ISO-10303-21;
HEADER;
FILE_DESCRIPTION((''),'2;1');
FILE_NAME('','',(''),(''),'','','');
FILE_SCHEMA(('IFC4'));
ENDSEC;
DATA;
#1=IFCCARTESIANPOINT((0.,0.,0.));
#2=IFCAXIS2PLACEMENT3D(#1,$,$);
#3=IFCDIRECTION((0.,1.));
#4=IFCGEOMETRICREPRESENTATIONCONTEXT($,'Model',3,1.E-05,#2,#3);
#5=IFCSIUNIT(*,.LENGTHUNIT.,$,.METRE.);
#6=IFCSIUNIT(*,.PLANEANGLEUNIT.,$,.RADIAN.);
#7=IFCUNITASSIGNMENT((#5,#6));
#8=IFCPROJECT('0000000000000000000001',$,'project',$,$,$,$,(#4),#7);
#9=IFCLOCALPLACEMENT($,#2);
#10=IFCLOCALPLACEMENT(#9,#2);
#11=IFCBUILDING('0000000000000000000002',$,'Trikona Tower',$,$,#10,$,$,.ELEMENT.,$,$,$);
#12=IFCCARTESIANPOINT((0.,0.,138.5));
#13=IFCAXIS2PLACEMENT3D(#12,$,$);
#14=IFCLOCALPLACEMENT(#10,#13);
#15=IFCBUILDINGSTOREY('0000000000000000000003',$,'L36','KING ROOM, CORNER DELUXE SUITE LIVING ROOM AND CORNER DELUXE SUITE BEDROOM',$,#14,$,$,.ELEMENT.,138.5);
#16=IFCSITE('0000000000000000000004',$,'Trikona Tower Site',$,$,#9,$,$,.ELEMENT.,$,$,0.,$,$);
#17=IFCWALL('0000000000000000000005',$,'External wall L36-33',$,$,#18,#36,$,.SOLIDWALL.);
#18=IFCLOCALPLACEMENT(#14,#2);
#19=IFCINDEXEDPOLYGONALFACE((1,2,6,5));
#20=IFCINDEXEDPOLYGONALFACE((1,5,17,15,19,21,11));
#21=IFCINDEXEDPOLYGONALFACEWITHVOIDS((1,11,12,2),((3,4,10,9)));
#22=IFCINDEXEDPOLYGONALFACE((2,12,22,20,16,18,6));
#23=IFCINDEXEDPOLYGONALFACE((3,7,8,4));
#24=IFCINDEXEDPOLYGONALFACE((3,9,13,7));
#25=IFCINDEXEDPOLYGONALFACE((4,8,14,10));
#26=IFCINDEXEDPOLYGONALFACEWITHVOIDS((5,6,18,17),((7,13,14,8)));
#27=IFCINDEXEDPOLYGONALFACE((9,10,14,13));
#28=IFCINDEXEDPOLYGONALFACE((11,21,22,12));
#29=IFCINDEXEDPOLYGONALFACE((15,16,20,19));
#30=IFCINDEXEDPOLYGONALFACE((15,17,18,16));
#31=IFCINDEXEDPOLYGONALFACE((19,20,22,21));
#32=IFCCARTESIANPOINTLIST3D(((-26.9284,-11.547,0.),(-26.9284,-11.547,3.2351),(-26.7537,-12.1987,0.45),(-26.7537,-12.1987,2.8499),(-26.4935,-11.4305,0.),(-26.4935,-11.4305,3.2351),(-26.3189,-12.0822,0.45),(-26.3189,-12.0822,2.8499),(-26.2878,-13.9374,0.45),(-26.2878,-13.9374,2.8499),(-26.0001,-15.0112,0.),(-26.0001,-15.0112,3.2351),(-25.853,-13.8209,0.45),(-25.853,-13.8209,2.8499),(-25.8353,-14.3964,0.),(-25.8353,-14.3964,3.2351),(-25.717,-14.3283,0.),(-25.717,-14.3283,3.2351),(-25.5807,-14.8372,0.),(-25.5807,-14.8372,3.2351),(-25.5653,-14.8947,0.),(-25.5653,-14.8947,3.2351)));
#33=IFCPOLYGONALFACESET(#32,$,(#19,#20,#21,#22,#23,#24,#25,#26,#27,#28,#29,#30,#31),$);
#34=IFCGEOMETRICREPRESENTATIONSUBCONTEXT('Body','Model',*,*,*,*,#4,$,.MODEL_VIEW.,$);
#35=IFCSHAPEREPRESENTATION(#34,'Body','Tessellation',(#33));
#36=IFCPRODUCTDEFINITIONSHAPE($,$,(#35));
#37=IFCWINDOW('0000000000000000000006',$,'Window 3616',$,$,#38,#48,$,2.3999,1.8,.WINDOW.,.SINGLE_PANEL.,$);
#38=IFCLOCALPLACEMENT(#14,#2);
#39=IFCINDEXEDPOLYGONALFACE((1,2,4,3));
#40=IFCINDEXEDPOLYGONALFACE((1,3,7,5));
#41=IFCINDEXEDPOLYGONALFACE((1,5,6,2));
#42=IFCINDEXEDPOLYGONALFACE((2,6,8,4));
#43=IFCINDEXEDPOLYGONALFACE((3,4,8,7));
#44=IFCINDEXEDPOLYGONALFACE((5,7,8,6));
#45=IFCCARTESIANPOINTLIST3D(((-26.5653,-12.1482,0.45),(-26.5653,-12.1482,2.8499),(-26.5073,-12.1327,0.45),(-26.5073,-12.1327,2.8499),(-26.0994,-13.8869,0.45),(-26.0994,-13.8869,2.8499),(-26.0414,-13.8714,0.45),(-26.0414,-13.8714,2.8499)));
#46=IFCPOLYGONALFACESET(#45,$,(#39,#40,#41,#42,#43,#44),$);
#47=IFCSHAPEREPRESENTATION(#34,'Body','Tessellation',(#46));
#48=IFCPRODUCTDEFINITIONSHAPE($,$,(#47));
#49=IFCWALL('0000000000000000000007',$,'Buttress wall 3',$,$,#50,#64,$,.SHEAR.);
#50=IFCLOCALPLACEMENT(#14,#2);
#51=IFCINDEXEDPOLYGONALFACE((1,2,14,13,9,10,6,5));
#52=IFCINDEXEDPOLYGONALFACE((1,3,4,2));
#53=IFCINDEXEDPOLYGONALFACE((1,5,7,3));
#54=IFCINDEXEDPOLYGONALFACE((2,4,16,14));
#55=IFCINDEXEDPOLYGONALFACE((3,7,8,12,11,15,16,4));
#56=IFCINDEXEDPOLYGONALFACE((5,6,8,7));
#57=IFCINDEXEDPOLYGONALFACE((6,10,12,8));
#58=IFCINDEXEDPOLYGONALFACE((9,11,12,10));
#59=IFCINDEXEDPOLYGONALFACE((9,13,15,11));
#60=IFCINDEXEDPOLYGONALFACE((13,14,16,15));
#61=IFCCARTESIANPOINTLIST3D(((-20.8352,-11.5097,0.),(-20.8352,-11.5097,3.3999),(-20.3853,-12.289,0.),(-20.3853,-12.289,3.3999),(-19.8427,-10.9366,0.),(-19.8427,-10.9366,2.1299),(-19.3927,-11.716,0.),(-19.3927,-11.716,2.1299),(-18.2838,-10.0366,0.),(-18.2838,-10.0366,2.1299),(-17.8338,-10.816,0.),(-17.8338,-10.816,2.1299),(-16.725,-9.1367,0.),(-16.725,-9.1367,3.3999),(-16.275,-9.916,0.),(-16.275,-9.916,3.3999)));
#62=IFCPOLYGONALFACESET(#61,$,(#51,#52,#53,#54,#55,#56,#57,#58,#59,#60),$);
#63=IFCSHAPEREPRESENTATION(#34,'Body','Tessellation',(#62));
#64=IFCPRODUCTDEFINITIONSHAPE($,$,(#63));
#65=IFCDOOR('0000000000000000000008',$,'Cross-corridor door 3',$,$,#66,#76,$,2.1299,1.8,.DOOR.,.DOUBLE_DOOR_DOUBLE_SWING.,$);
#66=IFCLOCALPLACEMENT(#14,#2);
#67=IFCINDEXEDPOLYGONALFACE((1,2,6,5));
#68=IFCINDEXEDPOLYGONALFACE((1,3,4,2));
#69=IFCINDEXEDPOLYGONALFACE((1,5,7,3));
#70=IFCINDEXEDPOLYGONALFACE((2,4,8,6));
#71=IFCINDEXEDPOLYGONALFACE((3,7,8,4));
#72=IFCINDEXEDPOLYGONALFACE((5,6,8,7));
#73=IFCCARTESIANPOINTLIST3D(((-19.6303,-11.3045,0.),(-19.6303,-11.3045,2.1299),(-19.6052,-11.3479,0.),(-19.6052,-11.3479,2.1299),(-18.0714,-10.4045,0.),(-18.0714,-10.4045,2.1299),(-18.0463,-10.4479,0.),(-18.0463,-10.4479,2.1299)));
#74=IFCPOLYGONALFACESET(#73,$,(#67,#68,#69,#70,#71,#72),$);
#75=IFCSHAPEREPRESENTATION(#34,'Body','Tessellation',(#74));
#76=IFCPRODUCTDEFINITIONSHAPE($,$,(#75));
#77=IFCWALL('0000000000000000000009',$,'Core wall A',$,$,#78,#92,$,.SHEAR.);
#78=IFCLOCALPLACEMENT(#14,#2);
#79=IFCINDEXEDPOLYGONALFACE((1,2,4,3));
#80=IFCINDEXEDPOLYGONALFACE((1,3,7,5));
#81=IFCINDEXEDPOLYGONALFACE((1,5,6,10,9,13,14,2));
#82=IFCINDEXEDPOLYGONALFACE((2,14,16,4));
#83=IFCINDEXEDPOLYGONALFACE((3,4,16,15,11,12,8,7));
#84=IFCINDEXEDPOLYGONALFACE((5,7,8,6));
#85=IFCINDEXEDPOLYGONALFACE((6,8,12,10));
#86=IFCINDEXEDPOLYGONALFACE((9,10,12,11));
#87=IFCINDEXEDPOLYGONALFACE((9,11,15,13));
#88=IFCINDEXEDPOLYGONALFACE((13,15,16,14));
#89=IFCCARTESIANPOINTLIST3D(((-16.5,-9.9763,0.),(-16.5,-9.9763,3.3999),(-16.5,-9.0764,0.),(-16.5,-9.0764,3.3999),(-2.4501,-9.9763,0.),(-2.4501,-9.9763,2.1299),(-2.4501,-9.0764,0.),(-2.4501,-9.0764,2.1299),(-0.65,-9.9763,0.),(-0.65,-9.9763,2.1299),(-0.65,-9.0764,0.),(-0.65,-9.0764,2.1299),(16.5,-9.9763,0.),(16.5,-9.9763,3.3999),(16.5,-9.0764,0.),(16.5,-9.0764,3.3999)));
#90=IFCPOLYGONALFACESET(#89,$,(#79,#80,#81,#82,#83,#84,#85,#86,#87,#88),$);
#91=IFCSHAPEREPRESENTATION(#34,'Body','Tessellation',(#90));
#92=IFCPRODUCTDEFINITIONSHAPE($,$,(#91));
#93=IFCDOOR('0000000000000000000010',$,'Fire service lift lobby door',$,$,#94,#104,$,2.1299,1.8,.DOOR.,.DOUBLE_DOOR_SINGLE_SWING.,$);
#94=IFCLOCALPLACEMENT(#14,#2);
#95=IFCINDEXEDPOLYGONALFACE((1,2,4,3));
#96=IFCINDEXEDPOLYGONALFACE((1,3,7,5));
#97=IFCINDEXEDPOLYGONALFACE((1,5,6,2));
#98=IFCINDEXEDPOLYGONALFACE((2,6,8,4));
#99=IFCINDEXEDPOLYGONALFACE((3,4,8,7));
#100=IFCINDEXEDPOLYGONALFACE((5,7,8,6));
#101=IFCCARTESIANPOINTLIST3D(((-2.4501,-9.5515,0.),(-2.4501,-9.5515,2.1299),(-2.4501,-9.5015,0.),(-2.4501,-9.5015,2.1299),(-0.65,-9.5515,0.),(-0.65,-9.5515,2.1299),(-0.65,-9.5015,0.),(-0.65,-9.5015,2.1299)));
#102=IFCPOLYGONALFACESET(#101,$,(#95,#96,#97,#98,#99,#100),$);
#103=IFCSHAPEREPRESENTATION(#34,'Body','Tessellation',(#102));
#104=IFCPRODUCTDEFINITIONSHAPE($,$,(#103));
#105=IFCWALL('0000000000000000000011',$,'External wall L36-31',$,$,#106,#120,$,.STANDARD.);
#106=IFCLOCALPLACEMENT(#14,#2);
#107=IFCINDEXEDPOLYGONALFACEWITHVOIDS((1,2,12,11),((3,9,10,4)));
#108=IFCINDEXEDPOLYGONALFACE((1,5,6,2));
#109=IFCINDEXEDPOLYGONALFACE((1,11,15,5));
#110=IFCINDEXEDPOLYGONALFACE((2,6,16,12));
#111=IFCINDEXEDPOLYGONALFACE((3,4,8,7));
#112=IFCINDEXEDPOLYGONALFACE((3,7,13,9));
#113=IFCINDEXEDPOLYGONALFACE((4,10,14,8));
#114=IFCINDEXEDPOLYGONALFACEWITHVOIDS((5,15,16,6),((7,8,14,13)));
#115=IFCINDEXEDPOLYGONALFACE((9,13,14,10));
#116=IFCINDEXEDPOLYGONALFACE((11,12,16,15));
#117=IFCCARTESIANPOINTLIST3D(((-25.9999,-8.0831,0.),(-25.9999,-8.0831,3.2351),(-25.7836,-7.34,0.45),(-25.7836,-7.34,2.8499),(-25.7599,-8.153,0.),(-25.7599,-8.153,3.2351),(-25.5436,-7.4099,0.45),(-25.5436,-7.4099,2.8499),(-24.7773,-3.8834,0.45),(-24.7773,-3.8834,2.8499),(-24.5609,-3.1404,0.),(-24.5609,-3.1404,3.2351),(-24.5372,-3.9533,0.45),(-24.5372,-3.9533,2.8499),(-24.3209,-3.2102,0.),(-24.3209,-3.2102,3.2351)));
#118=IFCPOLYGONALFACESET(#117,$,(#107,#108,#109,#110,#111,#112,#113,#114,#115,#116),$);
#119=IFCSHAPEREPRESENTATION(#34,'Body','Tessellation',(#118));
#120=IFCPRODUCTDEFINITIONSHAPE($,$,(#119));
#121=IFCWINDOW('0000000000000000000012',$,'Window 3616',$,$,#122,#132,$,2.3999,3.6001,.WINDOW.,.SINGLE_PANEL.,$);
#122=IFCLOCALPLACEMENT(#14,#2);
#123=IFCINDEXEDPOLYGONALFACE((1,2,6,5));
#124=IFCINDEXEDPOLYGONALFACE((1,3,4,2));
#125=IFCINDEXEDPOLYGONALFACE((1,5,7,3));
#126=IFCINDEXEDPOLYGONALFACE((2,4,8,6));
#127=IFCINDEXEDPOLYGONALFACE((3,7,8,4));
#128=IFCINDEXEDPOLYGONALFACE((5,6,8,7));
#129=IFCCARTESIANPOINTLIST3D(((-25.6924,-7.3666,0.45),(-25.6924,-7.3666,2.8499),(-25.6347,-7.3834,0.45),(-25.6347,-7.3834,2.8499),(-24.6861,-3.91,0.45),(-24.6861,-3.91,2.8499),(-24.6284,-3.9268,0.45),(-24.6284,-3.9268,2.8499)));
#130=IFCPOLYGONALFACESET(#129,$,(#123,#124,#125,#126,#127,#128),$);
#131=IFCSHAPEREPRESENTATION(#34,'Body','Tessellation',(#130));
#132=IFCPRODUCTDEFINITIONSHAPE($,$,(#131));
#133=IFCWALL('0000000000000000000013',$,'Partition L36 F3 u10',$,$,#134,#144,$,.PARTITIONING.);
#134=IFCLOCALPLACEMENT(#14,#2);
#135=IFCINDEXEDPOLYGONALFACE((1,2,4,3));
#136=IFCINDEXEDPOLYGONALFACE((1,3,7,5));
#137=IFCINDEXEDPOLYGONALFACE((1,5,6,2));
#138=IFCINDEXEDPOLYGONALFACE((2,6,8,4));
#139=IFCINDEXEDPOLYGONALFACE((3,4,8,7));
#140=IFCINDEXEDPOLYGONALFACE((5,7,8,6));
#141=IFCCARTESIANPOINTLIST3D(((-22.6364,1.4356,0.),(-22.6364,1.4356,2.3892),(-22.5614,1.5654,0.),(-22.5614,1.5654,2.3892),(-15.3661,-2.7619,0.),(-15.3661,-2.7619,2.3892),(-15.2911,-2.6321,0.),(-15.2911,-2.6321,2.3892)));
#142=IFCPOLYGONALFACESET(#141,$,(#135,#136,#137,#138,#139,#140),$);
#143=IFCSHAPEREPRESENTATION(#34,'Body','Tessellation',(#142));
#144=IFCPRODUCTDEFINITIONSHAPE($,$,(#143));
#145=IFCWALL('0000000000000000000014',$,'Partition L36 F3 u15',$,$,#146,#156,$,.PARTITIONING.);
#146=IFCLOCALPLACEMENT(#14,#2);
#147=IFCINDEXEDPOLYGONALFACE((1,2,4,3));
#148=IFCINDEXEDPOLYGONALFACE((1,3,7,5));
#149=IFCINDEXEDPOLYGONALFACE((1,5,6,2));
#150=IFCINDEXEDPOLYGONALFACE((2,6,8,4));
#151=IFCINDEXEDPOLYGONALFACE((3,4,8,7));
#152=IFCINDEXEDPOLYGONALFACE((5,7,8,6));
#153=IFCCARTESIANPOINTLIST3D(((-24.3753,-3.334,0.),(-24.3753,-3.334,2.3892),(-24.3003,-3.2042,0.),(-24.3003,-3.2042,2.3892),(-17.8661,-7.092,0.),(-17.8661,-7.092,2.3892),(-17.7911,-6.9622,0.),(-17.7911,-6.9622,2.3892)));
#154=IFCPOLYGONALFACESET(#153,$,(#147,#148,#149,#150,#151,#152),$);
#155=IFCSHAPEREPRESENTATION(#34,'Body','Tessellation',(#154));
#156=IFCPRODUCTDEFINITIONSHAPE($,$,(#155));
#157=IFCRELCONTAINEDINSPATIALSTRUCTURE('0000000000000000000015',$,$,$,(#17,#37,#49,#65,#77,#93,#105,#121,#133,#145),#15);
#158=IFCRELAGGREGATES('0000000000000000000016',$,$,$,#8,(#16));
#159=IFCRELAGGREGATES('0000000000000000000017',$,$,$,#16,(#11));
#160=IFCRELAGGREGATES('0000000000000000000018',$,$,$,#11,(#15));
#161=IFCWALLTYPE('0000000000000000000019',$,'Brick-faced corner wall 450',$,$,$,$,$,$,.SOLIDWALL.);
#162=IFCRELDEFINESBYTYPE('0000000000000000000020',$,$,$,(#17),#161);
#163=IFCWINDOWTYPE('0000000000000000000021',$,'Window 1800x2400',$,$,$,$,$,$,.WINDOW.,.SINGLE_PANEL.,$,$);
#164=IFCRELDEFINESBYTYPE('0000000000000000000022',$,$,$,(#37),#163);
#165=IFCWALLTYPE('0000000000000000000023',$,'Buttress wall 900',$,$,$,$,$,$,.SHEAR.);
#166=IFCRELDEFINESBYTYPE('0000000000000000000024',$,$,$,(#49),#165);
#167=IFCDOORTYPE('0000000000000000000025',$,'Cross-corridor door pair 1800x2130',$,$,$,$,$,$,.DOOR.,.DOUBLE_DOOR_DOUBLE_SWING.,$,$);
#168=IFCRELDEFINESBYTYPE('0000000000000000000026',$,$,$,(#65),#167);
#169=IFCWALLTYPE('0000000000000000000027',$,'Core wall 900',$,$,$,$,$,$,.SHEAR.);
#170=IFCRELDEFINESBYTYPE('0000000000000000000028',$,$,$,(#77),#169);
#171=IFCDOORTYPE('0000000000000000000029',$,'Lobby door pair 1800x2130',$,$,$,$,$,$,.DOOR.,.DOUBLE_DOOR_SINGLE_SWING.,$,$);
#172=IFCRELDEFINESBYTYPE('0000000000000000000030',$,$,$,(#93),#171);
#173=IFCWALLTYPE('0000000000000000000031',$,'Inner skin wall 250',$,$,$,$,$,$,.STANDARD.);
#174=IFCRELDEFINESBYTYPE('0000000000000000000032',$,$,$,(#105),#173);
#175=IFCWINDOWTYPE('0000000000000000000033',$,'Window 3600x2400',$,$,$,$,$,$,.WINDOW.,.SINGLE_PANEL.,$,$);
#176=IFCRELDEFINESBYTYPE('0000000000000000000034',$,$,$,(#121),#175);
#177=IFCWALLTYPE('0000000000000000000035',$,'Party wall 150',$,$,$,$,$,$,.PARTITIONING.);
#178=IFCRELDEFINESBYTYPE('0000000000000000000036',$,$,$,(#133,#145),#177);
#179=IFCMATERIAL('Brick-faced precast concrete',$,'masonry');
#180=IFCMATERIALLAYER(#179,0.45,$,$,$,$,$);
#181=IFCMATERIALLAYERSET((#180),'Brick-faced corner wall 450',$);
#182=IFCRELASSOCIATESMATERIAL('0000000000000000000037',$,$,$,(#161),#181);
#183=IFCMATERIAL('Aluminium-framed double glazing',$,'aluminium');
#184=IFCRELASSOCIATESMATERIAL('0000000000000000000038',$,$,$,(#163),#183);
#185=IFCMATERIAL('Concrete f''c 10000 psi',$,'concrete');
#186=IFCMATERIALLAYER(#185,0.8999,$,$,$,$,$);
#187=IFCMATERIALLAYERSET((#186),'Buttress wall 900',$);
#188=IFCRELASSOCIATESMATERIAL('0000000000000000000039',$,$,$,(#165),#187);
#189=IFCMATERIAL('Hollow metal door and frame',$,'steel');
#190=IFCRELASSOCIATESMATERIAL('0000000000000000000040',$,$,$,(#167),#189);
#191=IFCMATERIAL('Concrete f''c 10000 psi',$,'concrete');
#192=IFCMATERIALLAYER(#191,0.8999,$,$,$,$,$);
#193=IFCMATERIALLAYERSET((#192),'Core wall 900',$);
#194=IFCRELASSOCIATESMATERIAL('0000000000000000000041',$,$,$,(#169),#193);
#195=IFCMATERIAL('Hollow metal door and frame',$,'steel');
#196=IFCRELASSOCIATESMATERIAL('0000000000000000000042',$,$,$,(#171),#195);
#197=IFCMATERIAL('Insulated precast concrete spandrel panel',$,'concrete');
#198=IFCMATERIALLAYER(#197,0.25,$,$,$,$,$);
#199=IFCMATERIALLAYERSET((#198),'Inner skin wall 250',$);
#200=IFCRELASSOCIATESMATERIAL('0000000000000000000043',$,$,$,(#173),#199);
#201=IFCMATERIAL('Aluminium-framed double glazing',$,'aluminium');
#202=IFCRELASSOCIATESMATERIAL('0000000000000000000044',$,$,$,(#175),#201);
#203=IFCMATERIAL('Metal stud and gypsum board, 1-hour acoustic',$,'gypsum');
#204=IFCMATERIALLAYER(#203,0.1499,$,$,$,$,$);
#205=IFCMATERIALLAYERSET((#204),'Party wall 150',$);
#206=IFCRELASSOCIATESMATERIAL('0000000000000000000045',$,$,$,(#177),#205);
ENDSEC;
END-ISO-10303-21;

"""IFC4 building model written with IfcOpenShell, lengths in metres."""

from ifc_helpers import new_model, si_unit, direction, frame, frame_2d, origin, place, context, subcontext, project, spatial, polyline, rectangle, outline, extrude, material, layer, layer_set, type_object, element, fill, save


model = new_model("IFC4")

# Units and contexts
model_context = context("Model", 3, precision=1e-05, world=origin(), true_north=direction((0.0, 1.0)))
body_context = subcontext(model_context, "Body", "Model", "MODEL_VIEW")
ifc_project = project(units=[si_unit("LENGTHUNIT", "METRE"), si_unit("PLANEANGLEUNIT", "RADIAN")], contexts=[model_context])

# Site, building, storey
site_placement = place(None, origin())
site = spatial("IfcSite", under=ifc_project, at=site_placement, Name="Trikona Tower Site", CompositionType="ELEMENT", RefElevation=0.0)
building_placement = place(site_placement, origin())
building = spatial("IfcBuilding", under=site, at=building_placement, Name="Trikona Tower", CompositionType="ELEMENT")
storey_placement = place(building_placement, frame((0.0, 0.0, 138.5)))
storey = spatial("IfcBuildingStorey", under=building, at=storey_placement, Name="L36", Description="KING ROOM, CORNER DELUXE SUITE LIVING ROOM AND CORNER DELUXE SUITE BEDROOM", CompositionType="ELEMENT", Elevation=138.5)

# Wall, opening, window
ifc_material_1 = material(Name="Brick-faced precast concrete", Category="masonry")
ifc_layer_1 = layer(ifc_material_1, 0.45)
ifc_layer_set_1 = layer_set([ifc_layer_1], Name="Brick-faced corner wall 450")
wall_type_1 = type_object("IfcWallType", Name="Brick-faced corner wall 450", PredefinedType="SOLIDWALL", material=ifc_layer_set_1)
wall_1_placement = place(storey_placement, frame((-26.7109, -11.4888, 0.0), z_axis=(0.0, 0.0, 1.0), x_axis=(0.258823, -0.965925, 0.0)))
wall_1 = element("IfcWall", 1, at=wall_1_placement, inside=storey, type_object=wall_type_1, Name="External wall L36-33", PredefinedType="SOLIDWALL", context=body_context, shape_type="SweptSolid", body=[
    extrude(outline(polyline([(3.5864, 0.2251), (3.5269, 0.2251), (3.0352, 0.0933), (3.0, 0.2251), (0.0, 0.2251), (0.0, -0.2251), (3.5864, -0.2251), (3.5864, 0.2251)])), origin(), (0.0, 0.0, 1.0), 3.2351),
])
opening_1_placement = place(wall_1_placement, frame((0.6748, 0.0, 0.45)))
opening_1 = element("IfcOpeningElement", 2, at=opening_1_placement, cuts=wall_1, PredefinedType="OPENING", context=body_context, shape_type="SweptSolid", body=[
    extrude(rectangle(XDim=1.8, YDim=2.3999, at=frame_2d((0.8999, 1.2))), frame((0.0, 0.2349, 0.0), z_axis=(0.0, -1.0, 0.0), x_axis=(1.0, 0.0, 0.0)), (0.0, 0.0, 1.0), 0.47),
])
ifc_material_2 = material(Name="Aluminium-framed double glazing", Category="aluminium")
window_type_1 = type_object("IfcWindowType", Name="Window 1800x2400", PartitioningType="SINGLE_PANEL", PredefinedType="WINDOW", material=ifc_material_2)
window_1_placement = place(opening_1_placement, origin())
window_1 = element("IfcWindow", 3, at=window_1_placement, inside=storey, type_object=window_type_1, Name="Window 3616", OverallHeight=2.3999, OverallWidth=1.8, PartitioningType="SINGLE_PANEL", PredefinedType="WINDOW", context=body_context, shape_type="SweptSolid", body=[
    extrude(rectangle(XDim=1.8, YDim=2.3999, at=frame_2d((0.8999, 1.2))), frame((0.0, 0.03, 0.0), z_axis=(0.0, -1.0, 0.0), x_axis=(1.0, 0.0, 0.0)), (0.0, 0.0, 1.0), 0.0601),
])
fill(opening_1, window_1)

# Walls, openings, doors
ifc_material_3 = material(Name="Concrete f'c 10000 psi", Category="concrete")
ifc_layer_2 = layer(ifc_material_3, 0.8999)
ifc_layer_set_2 = layer_set([ifc_layer_2], Name="Buttress wall 900")
wall_type_2 = type_object("IfcWallType", Name="Buttress wall 900", PredefinedType="SHEAR", material=ifc_layer_set_2)
wall_2_placement = place(storey_placement, frame((-16.5, -9.5264, 0.0), z_axis=(0.0, 0.0, 1.0), x_axis=(-0.866031, -0.49999, 0.0)))
wall_2 = element("IfcWall", 4, at=wall_2_placement, inside=storey, type_object=wall_type_2, Name="Buttress wall 3", PredefinedType="SHEAR", context=body_context, shape_type="SweptSolid", body=[
    extrude(rectangle(XDim=4.7461, YDim=0.8999, at=frame_2d((2.373, 0.0))), origin(), (0.0, 0.0, 1.0), 3.3999),
])
opening_2_placement = place(wall_2_placement, frame((1.8, 0.0, 0.0)))
opening_2 = element("IfcOpeningElement", 5, at=opening_2_placement, cuts=wall_2, PredefinedType="OPENING", context=body_context, shape_type="SweptSolid", body=[
    extrude(rectangle(XDim=1.8, YDim=2.1299, at=frame_2d((0.8999, 1.0649))), frame((0.0, 0.46, 0.0), z_axis=(0.0, -1.0, 0.0), x_axis=(1.0, 0.0, 0.0)), (0.0, 0.0, 1.0), 0.9199),
])
ifc_material_4 = material(Name="Hollow metal door and frame", Category="steel")
door_type_1 = type_object("IfcDoorType", Name="Cross-corridor door pair 1800x2130", OperationType="DOUBLE_DOOR_DOUBLE_SWING", PredefinedType="DOOR", material=ifc_material_4)
door_1_placement = place(opening_2_placement, origin())
door_1 = element("IfcDoor", 6, at=door_1_placement, inside=storey, type_object=door_type_1, Name="Cross-corridor door 3", OperationType="DOUBLE_DOOR_DOUBLE_SWING", OverallHeight=2.1299, OverallWidth=1.8, PredefinedType="DOOR", context=body_context, shape_type="SweptSolid", body=[
    extrude(rectangle(XDim=1.8, YDim=2.1299, at=frame_2d((0.8999, 1.0649))), frame((0.0, 0.0249, 0.0), z_axis=(0.0, -1.0, 0.0), x_axis=(1.0, 0.0, 0.0)), (0.0, 0.0, 1.0), 0.05),
])
fill(opening_2, door_1)
ifc_material_5 = material(Name="Concrete f'c 10000 psi", Category="concrete")
ifc_layer_3 = layer(ifc_material_5, 0.8999)
ifc_layer_set_3 = layer_set([ifc_layer_3], Name="Core wall 900")
wall_type_3 = type_object("IfcWallType", Name="Core wall 900", PredefinedType="SHEAR", material=ifc_layer_set_3)
wall_3_placement = place(storey_placement, frame((-16.5, -9.5264, 0.0), z_axis=(0.0, 0.0, 1.0), x_axis=(1.0, 0.0, 0.0)))
wall_3 = element("IfcWall", 7, at=wall_3_placement, inside=storey, type_object=wall_type_3, Name="Core wall A", PredefinedType="SHEAR", context=body_context, shape_type="SweptSolid", body=[
    extrude(rectangle(XDim=33.0, YDim=0.8999, at=frame_2d((16.5, 0.0))), origin(), (0.0, 0.0, 1.0), 3.3999),
])
opening_3_placement = place(wall_3_placement, frame((14.05, 0.0, 0.0)))
opening_3 = element("IfcOpeningElement", 8, at=opening_3_placement, cuts=wall_3, PredefinedType="OPENING", context=body_context, shape_type="SweptSolid", body=[
    extrude(rectangle(XDim=1.8, YDim=2.1299, at=frame_2d((0.8999, 1.0649))), frame((0.0, 0.46, 0.0), z_axis=(0.0, -1.0, 0.0), x_axis=(1.0, 0.0, 0.0)), (0.0, 0.0, 1.0), 0.9199),
])
ifc_material_6 = material(Name="Hollow metal door and frame", Category="steel")
door_type_2 = type_object("IfcDoorType", Name="Lobby door pair 1800x2130", OperationType="DOUBLE_DOOR_SINGLE_SWING", PredefinedType="DOOR", material=ifc_material_6)
door_2_placement = place(opening_3_placement, origin())
door_2 = element("IfcDoor", 9, at=door_2_placement, inside=storey, type_object=door_type_2, Name="Fire service lift lobby door", OperationType="DOUBLE_DOOR_SINGLE_SWING", OverallHeight=2.1299, OverallWidth=1.8, PredefinedType="DOOR", context=body_context, shape_type="SweptSolid", body=[
    extrude(rectangle(XDim=1.8, YDim=2.1299, at=frame_2d((0.8999, 1.0649))), frame((0.0, 0.0249, 0.0), z_axis=(0.0, -1.0, 0.0), x_axis=(1.0, 0.0, 0.0)), (0.0, 0.0, 1.0), 0.05),
])
fill(opening_3, door_2)

# Wall, opening, window
ifc_material_7 = material(Name="Insulated precast concrete spandrel panel", Category="concrete")
ifc_layer_4 = layer(ifc_material_7, 0.25)
ifc_layer_set_4 = layer_set([ifc_layer_4], Name="Inner skin wall 250")
wall_type_4 = type_object("IfcWallType", Name="Inner skin wall 250", PredefinedType="STANDARD", material=ifc_layer_set_4)
wall_4_placement = place(storey_placement, frame((-24.4409, -3.1753, 0.0), z_axis=(0.0, 0.0, 1.0), x_axis=(-0.279528, -0.960137, 0.0)))
wall_4 = element("IfcWall", 10, at=wall_4_placement, inside=storey, type_object=wall_type_4, Name="External wall L36-31", PredefinedType="STANDARD", context=body_context, shape_type="SweptSolid", body=[
    extrude(rectangle(XDim=5.1479, YDim=0.25, at=frame_2d((2.574, 0.0))), origin(), (0.0, 0.0, 1.0), 3.2351),
])
opening_4_placement = place(wall_4_placement, frame((0.7739, 0.0, 0.45)))
opening_4 = element("IfcOpeningElement", 11, at=opening_4_placement, cuts=wall_4, PredefinedType="OPENING", context=body_context, shape_type="SweptSolid", body=[
    extrude(rectangle(XDim=3.6001, YDim=2.3999, at=frame_2d((1.8, 1.2))), frame((0.0, 0.135, 0.0), z_axis=(0.0, -1.0, 0.0), x_axis=(1.0, 0.0, 0.0)), (0.0, 0.0, 1.0), 0.27),
])
ifc_material_8 = material(Name="Aluminium-framed double glazing", Category="aluminium")
window_type_2 = type_object("IfcWindowType", Name="Window 3600x2400", PartitioningType="SINGLE_PANEL", PredefinedType="WINDOW", material=ifc_material_8)
window_2_placement = place(opening_4_placement, origin())
window_2 = element("IfcWindow", 12, at=window_2_placement, inside=storey, type_object=window_type_2, Name="Window 3616", OverallHeight=2.3999, OverallWidth=3.6001, PartitioningType="SINGLE_PANEL", PredefinedType="WINDOW", context=body_context, shape_type="SweptSolid", body=[
    extrude(rectangle(XDim=3.6001, YDim=2.3999, at=frame_2d((1.8, 1.2))), frame((0.0, 0.03, 0.0), z_axis=(0.0, -1.0, 0.0), x_axis=(1.0, 0.0, 0.0)), (0.0, 0.0, 1.0), 0.0601),
])
fill(opening_4, window_2)

# Walls
ifc_material_9 = material(Name="Metal stud and gypsum board, 1-hour acoustic", Category="gypsum")
ifc_layer_5 = layer(ifc_material_9, 0.1499)
ifc_layer_set_5 = layer_set([ifc_layer_5], Name="Party wall 150")
wall_type_5 = type_object("IfcWallType", Name="Party wall 150", PredefinedType="PARTITIONING", material=ifc_layer_set_5)
wall_5_placement = place(storey_placement, frame((-15.3286, -2.697, 0.0), z_axis=(0.0, 0.0, 1.0), x_axis=(-0.866024, 0.500002, 0.0)))
element("IfcWall", 13, at=wall_5_placement, inside=storey, type_object=wall_type_5, Name="Partition L36 F3 u10", PredefinedType="PARTITIONING", context=body_context, shape_type="SweptSolid", body=[
    extrude(rectangle(XDim=8.395, YDim=0.1499, at=frame_2d((4.1975, 0.0))), origin(), (0.0, 0.0, 1.0), 2.3892),
])
wall_6_placement = place(storey_placement, frame((-17.8286, -7.0271, 0.0), z_axis=(0.0, 0.0, 1.0), x_axis=(-0.86603, 0.499992, 0.0)))
element("IfcWall", 14, at=wall_6_placement, inside=storey, type_object=wall_type_5, Name="Partition L36 F3 u15", PredefinedType="PARTITIONING", context=body_context, shape_type="SweptSolid", body=[
    extrude(rectangle(XDim=7.5161, YDim=0.1499, at=frame_2d((3.7581, 0.0))), origin(), (0.0, 0.0, 1.0), 2.3892),
])

save(model, "model.ifc")
